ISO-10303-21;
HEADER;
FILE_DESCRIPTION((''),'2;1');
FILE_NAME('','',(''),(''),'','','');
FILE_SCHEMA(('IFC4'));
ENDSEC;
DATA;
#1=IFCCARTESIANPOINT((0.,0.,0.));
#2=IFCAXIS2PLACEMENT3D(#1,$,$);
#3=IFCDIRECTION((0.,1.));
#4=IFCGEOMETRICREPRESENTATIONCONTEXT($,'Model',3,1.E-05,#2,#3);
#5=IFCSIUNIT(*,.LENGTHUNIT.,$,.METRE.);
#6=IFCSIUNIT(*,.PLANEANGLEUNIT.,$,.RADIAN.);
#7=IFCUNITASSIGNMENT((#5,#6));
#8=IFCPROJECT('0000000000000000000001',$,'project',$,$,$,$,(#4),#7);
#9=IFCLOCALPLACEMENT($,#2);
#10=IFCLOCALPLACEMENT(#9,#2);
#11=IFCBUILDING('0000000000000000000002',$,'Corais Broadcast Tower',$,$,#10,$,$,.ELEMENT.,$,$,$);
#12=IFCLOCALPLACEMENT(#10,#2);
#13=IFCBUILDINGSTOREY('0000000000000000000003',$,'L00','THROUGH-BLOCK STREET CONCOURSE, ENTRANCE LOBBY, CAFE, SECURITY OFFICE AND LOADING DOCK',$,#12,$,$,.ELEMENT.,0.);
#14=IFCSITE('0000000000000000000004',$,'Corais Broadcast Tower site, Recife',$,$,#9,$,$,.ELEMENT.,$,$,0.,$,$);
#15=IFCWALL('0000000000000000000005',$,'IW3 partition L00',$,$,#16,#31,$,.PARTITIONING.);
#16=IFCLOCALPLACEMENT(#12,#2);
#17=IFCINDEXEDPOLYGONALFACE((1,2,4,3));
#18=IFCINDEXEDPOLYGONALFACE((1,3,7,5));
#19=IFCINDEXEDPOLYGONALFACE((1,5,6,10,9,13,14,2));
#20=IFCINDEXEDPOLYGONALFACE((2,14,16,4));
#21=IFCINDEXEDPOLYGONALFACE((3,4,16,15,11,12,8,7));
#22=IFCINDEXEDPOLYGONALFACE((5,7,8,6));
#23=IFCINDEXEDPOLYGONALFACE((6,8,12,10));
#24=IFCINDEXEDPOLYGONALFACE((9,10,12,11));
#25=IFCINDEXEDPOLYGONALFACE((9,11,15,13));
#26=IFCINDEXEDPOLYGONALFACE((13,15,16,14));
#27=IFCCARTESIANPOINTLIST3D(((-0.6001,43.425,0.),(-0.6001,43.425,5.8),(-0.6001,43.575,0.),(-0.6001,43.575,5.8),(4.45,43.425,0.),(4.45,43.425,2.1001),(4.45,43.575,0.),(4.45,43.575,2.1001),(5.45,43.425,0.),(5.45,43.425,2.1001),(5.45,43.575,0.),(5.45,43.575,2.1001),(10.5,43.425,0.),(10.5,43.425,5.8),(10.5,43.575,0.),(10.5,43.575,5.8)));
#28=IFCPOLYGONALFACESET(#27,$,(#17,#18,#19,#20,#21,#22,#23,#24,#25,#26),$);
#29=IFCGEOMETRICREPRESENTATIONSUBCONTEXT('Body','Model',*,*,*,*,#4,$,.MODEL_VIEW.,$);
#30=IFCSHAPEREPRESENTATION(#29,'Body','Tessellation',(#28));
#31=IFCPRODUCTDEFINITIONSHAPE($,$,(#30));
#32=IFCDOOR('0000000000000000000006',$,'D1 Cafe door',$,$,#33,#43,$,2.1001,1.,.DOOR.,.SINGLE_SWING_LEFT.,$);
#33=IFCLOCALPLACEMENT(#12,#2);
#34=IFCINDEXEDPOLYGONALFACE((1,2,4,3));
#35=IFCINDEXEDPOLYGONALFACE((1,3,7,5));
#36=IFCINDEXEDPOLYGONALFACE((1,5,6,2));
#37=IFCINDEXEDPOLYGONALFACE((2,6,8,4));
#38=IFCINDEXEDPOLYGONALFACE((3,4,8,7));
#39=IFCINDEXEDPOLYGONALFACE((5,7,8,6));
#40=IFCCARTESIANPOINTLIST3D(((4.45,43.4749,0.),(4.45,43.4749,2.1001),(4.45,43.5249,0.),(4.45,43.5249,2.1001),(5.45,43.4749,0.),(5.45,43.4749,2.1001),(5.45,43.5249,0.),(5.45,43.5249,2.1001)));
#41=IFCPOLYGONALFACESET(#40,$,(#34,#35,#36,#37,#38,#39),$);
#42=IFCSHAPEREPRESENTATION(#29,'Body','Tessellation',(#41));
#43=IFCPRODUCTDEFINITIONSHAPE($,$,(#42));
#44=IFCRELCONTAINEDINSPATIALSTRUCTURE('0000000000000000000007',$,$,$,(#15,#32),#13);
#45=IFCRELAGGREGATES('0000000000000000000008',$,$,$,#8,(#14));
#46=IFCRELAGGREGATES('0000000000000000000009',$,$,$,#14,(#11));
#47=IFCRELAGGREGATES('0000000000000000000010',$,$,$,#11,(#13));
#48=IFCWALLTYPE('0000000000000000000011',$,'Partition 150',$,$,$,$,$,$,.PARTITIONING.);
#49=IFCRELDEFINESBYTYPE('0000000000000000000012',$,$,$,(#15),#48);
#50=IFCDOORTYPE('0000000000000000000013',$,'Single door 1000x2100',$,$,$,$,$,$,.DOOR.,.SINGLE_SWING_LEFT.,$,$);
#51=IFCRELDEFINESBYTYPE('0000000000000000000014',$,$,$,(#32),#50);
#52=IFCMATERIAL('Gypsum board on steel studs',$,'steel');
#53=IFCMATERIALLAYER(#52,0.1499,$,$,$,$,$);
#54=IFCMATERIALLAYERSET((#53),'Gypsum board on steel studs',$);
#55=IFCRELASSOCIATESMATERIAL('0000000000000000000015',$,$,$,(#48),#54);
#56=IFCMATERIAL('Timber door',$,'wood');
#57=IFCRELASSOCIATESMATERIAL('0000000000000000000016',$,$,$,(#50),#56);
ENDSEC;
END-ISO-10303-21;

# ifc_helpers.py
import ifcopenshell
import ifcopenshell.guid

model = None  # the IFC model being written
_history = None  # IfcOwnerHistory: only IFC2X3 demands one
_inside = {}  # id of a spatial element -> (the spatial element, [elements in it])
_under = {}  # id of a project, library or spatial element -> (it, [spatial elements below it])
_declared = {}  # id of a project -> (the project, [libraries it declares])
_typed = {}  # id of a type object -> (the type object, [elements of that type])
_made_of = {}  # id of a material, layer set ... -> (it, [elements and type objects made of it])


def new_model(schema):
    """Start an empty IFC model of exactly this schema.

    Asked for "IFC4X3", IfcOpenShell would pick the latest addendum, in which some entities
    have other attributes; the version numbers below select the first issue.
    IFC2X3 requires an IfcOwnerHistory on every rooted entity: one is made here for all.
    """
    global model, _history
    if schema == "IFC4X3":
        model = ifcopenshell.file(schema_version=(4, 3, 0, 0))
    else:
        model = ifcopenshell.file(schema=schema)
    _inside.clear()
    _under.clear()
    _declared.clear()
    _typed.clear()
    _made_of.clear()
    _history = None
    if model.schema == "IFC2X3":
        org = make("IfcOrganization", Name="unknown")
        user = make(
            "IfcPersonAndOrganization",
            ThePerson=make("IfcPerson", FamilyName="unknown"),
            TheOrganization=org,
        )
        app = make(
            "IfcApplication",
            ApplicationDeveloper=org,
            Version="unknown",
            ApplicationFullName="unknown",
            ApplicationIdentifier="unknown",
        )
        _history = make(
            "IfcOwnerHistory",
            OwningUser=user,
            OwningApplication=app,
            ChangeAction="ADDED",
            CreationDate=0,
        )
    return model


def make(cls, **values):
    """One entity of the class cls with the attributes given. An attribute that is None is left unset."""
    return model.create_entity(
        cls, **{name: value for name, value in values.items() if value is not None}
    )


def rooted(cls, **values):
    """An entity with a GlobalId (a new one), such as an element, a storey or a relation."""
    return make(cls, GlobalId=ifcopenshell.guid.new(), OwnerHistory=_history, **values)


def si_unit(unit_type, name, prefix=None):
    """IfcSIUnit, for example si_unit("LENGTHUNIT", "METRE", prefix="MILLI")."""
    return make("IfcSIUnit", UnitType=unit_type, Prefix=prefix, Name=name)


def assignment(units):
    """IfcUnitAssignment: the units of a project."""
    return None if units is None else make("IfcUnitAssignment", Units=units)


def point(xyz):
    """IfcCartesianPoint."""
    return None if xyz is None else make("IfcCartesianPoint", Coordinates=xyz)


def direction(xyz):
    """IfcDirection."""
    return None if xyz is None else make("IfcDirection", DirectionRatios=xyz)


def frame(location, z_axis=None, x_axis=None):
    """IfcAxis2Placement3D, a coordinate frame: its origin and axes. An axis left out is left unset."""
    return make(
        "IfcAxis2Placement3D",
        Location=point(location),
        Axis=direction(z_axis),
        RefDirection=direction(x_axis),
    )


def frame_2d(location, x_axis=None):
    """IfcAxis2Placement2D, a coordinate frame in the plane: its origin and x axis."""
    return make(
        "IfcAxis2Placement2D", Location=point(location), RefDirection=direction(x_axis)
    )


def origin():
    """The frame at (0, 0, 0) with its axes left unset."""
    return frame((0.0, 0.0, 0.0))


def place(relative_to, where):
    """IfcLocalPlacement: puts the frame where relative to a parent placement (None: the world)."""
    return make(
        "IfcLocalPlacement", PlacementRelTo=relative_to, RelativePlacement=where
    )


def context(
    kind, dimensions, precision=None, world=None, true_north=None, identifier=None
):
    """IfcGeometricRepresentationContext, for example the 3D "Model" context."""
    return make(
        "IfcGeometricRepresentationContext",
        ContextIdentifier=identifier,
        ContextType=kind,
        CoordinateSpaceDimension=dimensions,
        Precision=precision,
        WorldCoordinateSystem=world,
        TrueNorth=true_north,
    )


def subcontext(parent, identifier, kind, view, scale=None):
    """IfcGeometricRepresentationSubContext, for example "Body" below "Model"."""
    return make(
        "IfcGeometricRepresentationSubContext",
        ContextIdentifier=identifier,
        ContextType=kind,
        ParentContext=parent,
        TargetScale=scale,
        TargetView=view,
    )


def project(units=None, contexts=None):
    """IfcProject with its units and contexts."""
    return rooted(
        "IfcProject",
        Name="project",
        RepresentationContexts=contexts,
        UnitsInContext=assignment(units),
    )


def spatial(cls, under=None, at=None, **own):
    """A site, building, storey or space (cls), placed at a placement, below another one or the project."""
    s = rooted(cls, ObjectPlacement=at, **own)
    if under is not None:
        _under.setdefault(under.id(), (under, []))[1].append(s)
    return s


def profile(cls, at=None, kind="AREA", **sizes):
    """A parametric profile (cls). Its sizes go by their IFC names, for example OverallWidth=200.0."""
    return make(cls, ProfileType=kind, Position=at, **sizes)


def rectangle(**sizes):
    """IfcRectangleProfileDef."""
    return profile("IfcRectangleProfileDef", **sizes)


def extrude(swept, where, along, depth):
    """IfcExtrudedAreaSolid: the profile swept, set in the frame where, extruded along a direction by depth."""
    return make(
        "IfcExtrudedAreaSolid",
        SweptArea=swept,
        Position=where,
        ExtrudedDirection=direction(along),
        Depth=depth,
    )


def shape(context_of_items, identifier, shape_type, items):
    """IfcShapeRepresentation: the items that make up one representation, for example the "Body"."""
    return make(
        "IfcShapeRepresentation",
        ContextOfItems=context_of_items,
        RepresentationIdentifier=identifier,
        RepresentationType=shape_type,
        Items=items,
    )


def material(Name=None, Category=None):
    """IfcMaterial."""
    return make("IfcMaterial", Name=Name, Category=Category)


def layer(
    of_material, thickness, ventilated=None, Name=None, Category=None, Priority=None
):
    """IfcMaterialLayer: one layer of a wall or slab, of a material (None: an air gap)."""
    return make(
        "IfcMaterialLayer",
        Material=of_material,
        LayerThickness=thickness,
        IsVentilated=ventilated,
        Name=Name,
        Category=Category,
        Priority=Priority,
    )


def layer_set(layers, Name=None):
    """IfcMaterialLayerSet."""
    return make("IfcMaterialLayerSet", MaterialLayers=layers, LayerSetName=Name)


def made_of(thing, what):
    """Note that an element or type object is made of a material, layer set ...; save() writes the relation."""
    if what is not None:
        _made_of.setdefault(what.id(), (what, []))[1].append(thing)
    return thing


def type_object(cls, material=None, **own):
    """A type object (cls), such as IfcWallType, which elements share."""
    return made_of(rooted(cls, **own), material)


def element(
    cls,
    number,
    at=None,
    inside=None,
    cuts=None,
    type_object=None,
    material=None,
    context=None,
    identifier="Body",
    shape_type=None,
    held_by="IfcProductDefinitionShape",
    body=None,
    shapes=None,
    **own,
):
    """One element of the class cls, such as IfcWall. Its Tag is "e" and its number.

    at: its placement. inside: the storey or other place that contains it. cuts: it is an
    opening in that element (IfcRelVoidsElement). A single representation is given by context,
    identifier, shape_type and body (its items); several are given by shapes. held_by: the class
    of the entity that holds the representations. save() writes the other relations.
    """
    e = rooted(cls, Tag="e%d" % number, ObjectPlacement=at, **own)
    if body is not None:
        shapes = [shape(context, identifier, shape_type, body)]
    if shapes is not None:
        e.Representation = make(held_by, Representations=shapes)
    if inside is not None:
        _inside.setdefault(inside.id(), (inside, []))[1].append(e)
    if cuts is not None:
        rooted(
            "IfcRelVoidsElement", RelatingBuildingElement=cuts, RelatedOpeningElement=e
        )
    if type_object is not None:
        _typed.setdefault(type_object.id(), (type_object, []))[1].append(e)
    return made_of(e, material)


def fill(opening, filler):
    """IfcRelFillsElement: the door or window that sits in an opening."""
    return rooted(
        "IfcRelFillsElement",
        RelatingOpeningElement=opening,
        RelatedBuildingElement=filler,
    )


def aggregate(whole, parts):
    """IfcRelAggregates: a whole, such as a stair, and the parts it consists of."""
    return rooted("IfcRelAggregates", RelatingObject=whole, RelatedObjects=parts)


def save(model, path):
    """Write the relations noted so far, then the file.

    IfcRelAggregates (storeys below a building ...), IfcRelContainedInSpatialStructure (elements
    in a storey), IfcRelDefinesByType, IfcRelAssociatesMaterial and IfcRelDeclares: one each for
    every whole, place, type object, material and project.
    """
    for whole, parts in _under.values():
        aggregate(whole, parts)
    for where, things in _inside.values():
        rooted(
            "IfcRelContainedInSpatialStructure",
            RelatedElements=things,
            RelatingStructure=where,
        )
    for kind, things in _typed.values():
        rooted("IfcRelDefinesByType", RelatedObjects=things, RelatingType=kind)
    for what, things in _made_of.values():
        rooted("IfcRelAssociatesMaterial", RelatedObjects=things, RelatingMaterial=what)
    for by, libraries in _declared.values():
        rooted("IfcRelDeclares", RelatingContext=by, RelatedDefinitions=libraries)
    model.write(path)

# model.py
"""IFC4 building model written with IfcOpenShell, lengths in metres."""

from ifc_helpers import new_model, si_unit, direction, frame, frame_2d, origin, place, context, subcontext, project, spatial, rectangle, extrude, material, layer, layer_set, type_object, element, fill, save


model = new_model("IFC4")

# Units and contexts
model_context = context("Model", 3, precision=1e-05, world=origin(), true_north=direction((0.0, 1.0)))
body_context = subcontext(model_context, "Body", "Model", "MODEL_VIEW")
ifc_project = project(units=[si_unit("LENGTHUNIT", "METRE"), si_unit("PLANEANGLEUNIT", "RADIAN")], contexts=[model_context])

# Site, building, storey
site_placement = place(None, origin())
site = spatial("IfcSite", under=ifc_project, at=site_placement, Name="Corais Broadcast Tower site, Recife", CompositionType="ELEMENT", RefElevation=0.0)
building_placement = place(site_placement, origin())
building = spatial("IfcBuilding", under=site, at=building_placement, Name="Corais Broadcast Tower", CompositionType="ELEMENT")
storey_placement = place(building_placement, origin())
storey = spatial("IfcBuildingStorey", under=building, at=storey_placement, Name="L00", Description="THROUGH-BLOCK STREET CONCOURSE, ENTRANCE LOBBY, CAFE, SECURITY OFFICE AND LOADING DOCK", CompositionType="ELEMENT", Elevation=0.0)

# Wall, opening, door
ifc_material_1 = material(Name="Gypsum board on steel studs", Category="steel")
ifc_layer_1 = layer(ifc_material_1, 0.1499)
ifc_layer_set_1 = layer_set([ifc_layer_1], Name="Gypsum board on steel studs")
wall_type = type_object("IfcWallType", Name="Partition 150", PredefinedType="PARTITIONING", material=ifc_layer_set_1)
wall_placement = place(storey_placement, frame((-0.6001, 43.5, 0.0), z_axis=(0.0, 0.0, 1.0), x_axis=(1.0, 0.0, 0.0)))
wall = element("IfcWall", 1, at=wall_placement, inside=storey, type_object=wall_type, Name="IW3 partition L00", PredefinedType="PARTITIONING", context=body_context, shape_type="SweptSolid", body=[
    extrude(rectangle(XDim=11.1001, YDim=0.1499, at=frame_2d((5.55, 0.0))), origin(), (0.0, 0.0, 1.0), 5.8),
])
opening_placement = place(wall_placement, frame((5.05, 0.0, 0.0)))
opening = element("IfcOpeningElement", 2, at=opening_placement, cuts=wall, PredefinedType="OPENING", context=body_context, shape_type="SweptSolid", body=[
    extrude(rectangle(XDim=1.0, YDim=2.1001, at=frame_2d((0.5, 1.05))), frame((0.0, 0.085, 0.0), z_axis=(0.0, -1.0, 0.0), x_axis=(1.0, 0.0, 0.0)), (0.0, 0.0, 1.0), 0.1699),
])
ifc_material_2 = material(Name="Timber door", Category="wood")
door_type = type_object("IfcDoorType", Name="Single door 1000x2100", OperationType="SINGLE_SWING_LEFT", PredefinedType="DOOR", material=ifc_material_2)
door_placement = place(opening_placement, origin())
door = element("IfcDoor", 3, at=door_placement, inside=storey, type_object=door_type, Name="D1 Cafe door", OperationType="SINGLE_SWING_LEFT", OverallHeight=2.1001, OverallWidth=1.0, PredefinedType="DOOR", context=body_context, shape_type="SweptSolid", body=[
    extrude(rectangle(XDim=1.0, YDim=2.1001, at=frame_2d((0.5, 1.05))), frame((0.0, 0.0249, 0.0), z_axis=(0.0, -1.0, 0.0), x_axis=(1.0, 0.0, 0.0)), (0.0, 0.0, 1.0), 0.05),
])
fill(opening, door)

save(model, "model.ifc")
